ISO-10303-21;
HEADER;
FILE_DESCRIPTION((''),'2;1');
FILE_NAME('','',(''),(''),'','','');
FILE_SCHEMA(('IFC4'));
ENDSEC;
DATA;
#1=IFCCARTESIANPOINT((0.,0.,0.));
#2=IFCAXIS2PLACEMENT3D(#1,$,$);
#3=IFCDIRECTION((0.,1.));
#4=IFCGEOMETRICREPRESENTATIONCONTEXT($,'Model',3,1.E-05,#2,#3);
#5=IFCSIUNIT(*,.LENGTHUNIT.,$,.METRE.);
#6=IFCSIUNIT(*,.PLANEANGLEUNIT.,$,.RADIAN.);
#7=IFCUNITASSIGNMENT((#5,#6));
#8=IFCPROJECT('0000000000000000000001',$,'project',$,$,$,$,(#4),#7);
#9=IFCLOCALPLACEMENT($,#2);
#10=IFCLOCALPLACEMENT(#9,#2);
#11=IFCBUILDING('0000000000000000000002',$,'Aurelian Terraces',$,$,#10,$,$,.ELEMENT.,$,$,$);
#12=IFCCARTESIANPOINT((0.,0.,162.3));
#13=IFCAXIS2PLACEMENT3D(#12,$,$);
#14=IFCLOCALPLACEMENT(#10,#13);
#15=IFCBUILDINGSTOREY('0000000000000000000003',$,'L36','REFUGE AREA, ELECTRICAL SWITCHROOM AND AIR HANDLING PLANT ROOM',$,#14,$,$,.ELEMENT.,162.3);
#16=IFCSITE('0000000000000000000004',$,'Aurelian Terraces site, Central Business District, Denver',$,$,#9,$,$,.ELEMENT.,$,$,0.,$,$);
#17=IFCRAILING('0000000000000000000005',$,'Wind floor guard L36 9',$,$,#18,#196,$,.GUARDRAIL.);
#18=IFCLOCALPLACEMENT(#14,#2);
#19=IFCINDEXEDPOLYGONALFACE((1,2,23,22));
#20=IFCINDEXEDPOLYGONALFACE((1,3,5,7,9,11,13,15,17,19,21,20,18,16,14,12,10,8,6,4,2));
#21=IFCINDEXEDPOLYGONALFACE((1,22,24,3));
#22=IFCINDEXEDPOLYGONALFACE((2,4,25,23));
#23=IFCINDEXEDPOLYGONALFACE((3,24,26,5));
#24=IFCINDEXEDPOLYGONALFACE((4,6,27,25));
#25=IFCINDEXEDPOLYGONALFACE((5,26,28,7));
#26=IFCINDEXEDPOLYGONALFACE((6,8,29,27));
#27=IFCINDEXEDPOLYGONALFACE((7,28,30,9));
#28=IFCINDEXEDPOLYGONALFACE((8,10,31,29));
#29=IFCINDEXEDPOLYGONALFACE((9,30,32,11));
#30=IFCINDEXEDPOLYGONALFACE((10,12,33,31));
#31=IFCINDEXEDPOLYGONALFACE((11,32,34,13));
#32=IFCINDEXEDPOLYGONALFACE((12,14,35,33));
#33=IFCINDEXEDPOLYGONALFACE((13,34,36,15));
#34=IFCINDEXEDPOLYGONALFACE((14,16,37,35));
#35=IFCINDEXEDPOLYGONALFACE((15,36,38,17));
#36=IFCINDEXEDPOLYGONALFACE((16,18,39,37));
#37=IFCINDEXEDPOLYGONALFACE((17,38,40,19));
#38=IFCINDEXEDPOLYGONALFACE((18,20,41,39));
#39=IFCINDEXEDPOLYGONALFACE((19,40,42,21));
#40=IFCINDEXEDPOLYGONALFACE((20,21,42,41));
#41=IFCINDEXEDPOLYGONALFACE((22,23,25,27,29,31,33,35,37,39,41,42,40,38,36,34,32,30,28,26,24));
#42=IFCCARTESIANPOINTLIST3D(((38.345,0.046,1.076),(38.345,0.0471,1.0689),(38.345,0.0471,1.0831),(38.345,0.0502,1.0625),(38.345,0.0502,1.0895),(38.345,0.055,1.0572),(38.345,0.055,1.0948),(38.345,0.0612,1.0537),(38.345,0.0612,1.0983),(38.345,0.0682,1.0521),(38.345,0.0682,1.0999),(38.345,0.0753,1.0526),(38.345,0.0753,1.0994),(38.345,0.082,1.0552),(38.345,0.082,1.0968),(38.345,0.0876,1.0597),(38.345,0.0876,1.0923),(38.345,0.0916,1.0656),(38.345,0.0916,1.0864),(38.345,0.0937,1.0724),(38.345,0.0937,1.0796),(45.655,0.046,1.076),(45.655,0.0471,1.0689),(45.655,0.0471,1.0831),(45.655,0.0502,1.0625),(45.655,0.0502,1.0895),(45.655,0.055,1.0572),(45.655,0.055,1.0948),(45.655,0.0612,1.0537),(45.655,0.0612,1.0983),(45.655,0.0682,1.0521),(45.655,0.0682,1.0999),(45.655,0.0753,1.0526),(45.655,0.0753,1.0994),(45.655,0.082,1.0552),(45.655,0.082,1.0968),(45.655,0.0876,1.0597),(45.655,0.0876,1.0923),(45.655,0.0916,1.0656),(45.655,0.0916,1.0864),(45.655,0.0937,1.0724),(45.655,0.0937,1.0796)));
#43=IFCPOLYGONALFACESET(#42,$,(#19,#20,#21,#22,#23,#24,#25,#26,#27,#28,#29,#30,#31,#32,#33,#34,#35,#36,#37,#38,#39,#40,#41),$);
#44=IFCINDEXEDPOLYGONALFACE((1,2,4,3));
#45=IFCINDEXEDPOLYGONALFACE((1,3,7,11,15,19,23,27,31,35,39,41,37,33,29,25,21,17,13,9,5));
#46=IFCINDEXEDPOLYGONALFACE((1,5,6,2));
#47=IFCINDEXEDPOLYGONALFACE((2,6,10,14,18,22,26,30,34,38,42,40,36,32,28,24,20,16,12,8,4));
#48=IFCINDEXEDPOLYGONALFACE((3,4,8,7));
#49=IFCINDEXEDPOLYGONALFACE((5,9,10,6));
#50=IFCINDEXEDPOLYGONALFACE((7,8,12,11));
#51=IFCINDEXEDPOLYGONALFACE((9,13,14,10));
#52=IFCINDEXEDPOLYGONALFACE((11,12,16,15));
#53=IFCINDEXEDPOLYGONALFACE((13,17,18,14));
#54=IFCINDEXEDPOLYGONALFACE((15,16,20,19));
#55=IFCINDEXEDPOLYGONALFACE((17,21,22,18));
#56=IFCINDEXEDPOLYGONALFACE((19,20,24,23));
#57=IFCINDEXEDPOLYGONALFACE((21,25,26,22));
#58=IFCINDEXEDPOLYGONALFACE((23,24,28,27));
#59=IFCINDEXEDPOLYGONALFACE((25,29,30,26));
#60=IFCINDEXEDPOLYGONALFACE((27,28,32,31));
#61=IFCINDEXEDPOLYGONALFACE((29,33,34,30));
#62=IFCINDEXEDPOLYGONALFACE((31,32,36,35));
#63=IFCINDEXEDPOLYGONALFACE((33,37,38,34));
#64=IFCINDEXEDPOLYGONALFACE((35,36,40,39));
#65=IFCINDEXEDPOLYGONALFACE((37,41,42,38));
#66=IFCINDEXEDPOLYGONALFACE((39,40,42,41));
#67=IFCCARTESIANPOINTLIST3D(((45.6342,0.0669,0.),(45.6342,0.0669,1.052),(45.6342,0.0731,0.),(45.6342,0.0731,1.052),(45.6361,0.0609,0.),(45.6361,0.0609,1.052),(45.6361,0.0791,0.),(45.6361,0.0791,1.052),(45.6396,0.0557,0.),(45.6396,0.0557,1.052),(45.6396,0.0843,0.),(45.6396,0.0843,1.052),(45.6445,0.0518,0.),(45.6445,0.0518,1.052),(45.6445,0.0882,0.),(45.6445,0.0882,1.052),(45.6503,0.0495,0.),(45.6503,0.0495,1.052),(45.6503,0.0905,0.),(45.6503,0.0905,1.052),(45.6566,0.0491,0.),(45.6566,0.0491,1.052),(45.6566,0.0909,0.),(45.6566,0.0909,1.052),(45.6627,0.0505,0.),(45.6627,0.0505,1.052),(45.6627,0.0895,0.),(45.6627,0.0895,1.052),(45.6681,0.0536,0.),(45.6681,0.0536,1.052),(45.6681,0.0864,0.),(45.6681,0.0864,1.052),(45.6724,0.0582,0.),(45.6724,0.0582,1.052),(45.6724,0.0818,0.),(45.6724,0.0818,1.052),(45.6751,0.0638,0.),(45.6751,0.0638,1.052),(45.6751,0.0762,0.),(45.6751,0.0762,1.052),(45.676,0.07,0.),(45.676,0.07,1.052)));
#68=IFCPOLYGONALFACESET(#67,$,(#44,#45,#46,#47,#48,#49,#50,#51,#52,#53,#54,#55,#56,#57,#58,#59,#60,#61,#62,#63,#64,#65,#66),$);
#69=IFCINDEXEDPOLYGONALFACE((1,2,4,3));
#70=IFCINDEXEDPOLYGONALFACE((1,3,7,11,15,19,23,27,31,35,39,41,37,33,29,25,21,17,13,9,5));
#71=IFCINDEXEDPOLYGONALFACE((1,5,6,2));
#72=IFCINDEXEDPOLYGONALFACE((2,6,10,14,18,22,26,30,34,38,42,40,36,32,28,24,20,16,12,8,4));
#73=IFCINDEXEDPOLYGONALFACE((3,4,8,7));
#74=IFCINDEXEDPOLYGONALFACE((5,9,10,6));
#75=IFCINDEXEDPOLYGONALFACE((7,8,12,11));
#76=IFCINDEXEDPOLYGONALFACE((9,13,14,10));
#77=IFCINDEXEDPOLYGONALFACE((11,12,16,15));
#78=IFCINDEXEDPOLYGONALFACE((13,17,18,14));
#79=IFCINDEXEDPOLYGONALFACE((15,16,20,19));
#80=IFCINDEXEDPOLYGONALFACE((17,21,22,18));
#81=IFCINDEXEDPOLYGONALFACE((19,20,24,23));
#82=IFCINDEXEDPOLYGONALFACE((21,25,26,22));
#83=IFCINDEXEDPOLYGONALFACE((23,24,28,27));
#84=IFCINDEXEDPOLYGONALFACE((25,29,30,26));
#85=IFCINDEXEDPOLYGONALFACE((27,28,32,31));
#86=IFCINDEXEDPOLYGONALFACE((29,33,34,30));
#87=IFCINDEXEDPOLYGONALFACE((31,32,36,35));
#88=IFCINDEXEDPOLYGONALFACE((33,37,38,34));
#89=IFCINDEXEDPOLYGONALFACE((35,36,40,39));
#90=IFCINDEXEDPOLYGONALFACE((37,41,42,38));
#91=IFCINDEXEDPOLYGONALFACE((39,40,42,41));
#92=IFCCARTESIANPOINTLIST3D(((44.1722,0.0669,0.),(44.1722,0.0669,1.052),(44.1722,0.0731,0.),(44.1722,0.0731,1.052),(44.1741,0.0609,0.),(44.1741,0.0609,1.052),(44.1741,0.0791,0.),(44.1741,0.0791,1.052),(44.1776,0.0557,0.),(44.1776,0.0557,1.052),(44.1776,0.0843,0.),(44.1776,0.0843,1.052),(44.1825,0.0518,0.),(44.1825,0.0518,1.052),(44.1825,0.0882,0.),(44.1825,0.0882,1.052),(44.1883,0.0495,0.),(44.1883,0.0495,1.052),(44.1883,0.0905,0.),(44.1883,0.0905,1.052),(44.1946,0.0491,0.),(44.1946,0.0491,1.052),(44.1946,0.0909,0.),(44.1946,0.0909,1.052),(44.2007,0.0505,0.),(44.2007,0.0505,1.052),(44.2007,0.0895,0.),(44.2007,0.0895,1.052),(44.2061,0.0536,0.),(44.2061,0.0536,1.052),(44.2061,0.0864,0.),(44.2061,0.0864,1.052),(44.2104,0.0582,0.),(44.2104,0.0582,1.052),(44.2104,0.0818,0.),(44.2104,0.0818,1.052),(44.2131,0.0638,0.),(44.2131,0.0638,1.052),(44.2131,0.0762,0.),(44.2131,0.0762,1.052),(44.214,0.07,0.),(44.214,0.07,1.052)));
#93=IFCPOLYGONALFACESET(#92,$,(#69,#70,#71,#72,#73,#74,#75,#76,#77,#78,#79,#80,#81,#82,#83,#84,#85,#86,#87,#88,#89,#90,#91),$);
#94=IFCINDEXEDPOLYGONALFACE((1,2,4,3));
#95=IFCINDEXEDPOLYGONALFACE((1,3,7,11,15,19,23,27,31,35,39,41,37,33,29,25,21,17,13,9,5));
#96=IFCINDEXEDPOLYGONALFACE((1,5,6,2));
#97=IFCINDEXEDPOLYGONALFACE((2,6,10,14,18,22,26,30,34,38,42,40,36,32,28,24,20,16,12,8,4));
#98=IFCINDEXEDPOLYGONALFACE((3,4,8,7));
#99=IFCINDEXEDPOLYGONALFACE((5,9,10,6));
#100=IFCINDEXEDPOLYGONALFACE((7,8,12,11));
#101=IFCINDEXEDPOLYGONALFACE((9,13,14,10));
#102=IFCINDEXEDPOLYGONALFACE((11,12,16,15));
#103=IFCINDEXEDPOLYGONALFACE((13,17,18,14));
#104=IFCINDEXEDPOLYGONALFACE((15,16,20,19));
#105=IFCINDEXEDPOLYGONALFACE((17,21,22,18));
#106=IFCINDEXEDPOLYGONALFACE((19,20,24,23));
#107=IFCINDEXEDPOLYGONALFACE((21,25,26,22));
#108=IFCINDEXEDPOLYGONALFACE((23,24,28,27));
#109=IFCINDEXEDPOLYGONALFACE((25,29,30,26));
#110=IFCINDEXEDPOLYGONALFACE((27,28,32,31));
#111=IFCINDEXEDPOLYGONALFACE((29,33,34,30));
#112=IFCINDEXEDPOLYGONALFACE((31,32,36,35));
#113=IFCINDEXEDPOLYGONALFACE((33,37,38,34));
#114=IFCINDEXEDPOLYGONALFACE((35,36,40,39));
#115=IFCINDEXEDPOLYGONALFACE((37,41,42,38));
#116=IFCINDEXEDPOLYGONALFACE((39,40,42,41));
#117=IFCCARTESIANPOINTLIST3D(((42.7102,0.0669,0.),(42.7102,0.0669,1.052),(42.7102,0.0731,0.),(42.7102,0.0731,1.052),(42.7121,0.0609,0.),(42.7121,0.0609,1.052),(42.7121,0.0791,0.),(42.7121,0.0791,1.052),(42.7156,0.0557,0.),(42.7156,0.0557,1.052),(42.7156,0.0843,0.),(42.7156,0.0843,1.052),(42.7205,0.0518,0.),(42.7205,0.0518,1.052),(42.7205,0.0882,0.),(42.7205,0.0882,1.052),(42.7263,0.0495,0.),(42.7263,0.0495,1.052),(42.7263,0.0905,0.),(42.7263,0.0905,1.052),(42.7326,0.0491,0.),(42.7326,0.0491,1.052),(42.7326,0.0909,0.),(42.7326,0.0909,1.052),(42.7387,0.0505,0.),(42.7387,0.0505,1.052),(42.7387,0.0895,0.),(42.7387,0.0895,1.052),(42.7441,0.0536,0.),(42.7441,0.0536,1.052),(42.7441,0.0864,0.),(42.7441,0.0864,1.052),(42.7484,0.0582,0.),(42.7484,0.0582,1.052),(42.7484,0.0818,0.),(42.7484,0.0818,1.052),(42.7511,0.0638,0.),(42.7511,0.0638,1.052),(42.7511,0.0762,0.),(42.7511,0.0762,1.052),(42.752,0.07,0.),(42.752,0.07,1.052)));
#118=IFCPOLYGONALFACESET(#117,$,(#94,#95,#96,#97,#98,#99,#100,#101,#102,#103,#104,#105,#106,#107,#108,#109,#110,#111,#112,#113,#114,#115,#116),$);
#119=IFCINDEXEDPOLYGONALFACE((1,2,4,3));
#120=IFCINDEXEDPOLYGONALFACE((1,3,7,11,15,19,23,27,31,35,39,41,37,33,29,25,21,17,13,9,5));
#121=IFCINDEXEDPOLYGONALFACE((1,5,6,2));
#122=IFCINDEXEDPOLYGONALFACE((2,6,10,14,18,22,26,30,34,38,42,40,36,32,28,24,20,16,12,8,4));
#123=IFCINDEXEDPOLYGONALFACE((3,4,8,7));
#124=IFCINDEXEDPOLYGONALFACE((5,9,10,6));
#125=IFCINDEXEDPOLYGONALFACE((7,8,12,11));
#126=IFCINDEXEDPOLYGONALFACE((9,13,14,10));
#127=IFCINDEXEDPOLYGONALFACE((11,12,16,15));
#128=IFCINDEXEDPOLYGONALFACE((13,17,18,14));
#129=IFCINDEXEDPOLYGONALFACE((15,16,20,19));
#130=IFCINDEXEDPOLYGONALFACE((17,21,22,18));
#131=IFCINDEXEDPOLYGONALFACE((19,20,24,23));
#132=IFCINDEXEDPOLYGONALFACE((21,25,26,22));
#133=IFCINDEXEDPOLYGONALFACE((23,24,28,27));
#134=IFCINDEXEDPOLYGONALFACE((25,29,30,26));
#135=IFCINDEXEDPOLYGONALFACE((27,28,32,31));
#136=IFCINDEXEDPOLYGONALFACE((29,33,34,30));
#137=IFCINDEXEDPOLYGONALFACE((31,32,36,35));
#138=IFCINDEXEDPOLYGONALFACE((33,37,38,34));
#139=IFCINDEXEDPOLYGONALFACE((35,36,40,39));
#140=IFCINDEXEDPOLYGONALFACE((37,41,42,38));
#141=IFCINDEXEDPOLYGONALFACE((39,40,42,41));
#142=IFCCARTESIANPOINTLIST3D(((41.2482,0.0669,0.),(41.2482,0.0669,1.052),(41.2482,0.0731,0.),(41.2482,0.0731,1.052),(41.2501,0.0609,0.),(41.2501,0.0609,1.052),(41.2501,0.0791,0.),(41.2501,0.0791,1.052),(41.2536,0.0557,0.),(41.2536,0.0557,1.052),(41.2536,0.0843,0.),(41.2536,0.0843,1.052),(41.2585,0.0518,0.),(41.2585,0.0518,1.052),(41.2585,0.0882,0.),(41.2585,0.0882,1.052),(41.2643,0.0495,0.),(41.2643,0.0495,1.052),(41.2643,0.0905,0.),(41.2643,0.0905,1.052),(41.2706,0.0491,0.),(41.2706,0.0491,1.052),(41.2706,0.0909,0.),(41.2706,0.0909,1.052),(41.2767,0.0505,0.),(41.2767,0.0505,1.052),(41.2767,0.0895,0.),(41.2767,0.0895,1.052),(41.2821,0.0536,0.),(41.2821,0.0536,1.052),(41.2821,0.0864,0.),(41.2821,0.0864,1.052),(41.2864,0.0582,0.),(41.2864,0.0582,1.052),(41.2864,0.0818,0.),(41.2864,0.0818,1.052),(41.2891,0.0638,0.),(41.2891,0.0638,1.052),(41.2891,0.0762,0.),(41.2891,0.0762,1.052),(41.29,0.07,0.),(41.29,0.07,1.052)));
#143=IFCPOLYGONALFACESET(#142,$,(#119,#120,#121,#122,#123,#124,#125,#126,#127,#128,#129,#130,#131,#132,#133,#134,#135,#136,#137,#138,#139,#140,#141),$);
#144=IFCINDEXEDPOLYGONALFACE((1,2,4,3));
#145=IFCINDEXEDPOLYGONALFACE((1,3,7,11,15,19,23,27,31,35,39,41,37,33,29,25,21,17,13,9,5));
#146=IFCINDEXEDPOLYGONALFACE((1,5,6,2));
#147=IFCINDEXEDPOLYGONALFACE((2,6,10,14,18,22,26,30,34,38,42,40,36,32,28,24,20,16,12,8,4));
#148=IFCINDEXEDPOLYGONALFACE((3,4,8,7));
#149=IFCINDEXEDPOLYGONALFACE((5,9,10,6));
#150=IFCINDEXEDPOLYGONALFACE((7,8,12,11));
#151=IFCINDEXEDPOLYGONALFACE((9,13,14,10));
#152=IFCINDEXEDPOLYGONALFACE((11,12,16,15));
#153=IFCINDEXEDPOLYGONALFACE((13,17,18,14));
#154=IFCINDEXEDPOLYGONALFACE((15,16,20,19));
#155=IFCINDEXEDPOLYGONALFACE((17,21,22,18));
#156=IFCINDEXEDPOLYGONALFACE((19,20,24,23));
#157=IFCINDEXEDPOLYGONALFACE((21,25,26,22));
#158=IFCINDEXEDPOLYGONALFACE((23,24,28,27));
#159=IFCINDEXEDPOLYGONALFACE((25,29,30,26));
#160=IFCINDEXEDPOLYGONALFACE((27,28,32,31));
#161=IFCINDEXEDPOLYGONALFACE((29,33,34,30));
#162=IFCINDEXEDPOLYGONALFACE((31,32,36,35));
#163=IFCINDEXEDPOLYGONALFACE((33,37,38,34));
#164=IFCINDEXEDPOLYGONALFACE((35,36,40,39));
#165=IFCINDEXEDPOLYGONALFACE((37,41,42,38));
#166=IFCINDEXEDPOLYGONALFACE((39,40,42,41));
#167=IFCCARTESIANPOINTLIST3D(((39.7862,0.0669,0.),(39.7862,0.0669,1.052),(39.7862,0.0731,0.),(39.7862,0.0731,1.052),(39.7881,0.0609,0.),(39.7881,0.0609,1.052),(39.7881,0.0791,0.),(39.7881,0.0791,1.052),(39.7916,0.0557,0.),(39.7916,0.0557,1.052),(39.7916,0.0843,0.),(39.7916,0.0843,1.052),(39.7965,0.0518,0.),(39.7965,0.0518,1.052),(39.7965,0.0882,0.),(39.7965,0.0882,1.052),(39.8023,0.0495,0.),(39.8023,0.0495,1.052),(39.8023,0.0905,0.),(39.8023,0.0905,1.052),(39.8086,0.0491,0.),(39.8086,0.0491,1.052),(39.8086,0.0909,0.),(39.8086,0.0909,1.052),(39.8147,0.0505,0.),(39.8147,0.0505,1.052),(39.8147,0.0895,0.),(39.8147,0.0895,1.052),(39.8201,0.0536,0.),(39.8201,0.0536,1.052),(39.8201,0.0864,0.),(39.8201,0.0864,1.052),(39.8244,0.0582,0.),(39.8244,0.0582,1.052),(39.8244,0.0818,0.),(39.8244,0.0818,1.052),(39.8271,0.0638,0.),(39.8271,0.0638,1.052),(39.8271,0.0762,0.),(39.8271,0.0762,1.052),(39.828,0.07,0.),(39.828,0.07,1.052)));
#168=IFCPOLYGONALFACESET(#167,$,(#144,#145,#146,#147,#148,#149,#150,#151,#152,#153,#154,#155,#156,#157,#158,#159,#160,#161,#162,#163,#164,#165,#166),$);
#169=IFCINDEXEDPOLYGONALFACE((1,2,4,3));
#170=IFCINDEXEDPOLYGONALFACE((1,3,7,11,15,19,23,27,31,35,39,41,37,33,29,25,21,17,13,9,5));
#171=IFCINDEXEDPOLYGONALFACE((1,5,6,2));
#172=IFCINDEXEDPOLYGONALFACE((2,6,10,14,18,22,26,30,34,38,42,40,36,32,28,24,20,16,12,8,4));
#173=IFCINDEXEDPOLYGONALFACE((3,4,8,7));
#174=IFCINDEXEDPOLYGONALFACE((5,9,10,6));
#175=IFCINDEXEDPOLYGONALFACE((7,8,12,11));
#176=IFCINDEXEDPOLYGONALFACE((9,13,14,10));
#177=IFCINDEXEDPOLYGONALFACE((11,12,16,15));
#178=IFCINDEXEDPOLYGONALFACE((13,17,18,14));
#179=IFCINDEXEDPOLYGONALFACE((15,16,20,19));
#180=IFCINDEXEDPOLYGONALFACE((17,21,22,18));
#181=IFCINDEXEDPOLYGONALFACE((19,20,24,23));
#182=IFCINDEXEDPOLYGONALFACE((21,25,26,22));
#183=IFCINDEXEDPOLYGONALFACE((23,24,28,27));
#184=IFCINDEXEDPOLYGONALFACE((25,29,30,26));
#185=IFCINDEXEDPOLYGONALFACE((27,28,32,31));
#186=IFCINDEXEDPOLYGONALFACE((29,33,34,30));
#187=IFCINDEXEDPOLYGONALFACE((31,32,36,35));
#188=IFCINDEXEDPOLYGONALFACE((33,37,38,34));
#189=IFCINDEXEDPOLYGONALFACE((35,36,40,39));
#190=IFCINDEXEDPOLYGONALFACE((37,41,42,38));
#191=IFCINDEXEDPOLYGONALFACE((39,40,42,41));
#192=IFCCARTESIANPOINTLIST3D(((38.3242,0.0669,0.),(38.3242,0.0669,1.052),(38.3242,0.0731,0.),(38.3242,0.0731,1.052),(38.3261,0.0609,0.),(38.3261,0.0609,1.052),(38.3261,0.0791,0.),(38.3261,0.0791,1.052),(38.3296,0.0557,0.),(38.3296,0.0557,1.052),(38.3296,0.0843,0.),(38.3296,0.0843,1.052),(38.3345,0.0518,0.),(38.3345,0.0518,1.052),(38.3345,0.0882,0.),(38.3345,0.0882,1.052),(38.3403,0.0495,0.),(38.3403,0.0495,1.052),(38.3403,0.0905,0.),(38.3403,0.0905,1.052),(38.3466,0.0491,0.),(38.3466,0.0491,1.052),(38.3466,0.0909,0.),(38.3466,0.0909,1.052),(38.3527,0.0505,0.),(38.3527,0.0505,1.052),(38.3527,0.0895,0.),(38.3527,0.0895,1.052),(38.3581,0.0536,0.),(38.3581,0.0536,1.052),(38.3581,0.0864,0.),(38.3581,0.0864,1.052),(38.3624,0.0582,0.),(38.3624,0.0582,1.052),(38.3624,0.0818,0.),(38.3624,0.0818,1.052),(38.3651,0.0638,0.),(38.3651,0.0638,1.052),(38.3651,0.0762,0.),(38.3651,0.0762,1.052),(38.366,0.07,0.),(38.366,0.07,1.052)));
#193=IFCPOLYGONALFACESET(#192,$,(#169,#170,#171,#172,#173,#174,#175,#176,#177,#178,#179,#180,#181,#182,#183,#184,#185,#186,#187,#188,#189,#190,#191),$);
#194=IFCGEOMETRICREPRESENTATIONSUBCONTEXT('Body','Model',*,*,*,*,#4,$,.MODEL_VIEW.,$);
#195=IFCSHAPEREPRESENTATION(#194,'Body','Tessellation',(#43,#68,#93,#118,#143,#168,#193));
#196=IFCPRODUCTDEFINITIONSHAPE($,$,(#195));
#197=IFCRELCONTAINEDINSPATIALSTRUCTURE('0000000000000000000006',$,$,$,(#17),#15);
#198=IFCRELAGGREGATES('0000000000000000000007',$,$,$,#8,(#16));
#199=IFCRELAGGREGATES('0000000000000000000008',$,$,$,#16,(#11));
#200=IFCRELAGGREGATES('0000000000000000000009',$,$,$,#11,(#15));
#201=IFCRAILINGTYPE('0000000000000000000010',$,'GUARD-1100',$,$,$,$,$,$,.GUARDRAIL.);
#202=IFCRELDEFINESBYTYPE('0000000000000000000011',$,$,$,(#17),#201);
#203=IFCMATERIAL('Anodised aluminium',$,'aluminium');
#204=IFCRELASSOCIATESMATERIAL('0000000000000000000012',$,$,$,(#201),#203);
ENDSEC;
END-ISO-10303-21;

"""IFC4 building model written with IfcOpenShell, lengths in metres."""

from ifc_helpers import new_model, si_unit, direction, frame, origin, origin_2d, place, context, subcontext, project, spatial, circle, extrude, material, type_object, element, save


model = new_model("IFC4")

# Units and contexts
model_context = context("Model", 3, precision=1e-05, world=origin(), true_north=direction((0.0, 1.0)))
body_context = subcontext(model_context, "Body", "Model", "MODEL_VIEW")
ifc_project = project(units=[si_unit("LENGTHUNIT", "METRE"), si_unit("PLANEANGLEUNIT", "RADIAN")], contexts=[model_context])

# Site, building, storey
site_placement = place(None, origin())
site = spatial("IfcSite", under=ifc_project, at=site_placement, Name="Aurelian Terraces site, Central Business District, Denver", CompositionType="ELEMENT", RefElevation=0.0)
building_placement = place(site_placement, origin())
building = spatial("IfcBuilding", under=site, at=building_placement, Name="Aurelian Terraces", CompositionType="ELEMENT")
storey_placement = place(building_placement, frame((0.0, 0.0, 162.3)))
storey = spatial("IfcBuildingStorey", under=building, at=storey_placement, Name="L36", Description="REFUGE AREA, ELECTRICAL SWITCHROOM AND AIR HANDLING PLANT ROOM", CompositionType="ELEMENT", Elevation=162.3)

# Railing
ifc_material_1 = material(Name="Anodised aluminium", Category="aluminium")
railing_type_1 = type_object("IfcRailingType", Name="GUARD-1100", PredefinedType="GUARDRAIL", material=ifc_material_1)
railing_1_placement = place(storey_placement, frame((45.655, 0.07, 0.0)))
element("IfcRailing", 1, at=railing_1_placement, inside=storey, type_object=railing_type_1, Name="Wind floor guard L36 9", PredefinedType="GUARDRAIL", context=body_context, shape_type="SweptSolid", body=[
    extrude(circle(Radius=0.024, at=origin_2d()), frame((0.0, 0.0, 1.076), z_axis=(-1.0, 0.0, 0.0), x_axis=(0.0, -1.0, 0.0)), (0.0, 0.0, 1.0), 7.31),
    extrude(circle(Radius=0.021, at=origin_2d()), origin(), (0.0, 0.0, 1.0), 1.052),
    extrude(circle(Radius=0.021, at=origin_2d()), frame((-1.462, 0.0, 0.0)), (0.0, 0.0, 1.0), 1.052),
    extrude(circle(Radius=0.021, at=origin_2d()), frame((-2.924, 0.0, 0.0)), (0.0, 0.0, 1.0), 1.052),
    extrude(circle(Radius=0.021, at=origin_2d()), frame((-4.386, 0.0, 0.0)), (0.0, 0.0, 1.0), 1.052),
    extrude(circle(Radius=0.021, at=origin_2d()), frame((-5.848, 0.0, 0.0)), (0.0, 0.0, 1.0), 1.052),
    extrude(circle(Radius=0.021, at=origin_2d()), frame((-7.31, 0.0, 0.0)), (0.0, 0.0, 1.0), 1.052),
])

save(model, "model.ifc")
